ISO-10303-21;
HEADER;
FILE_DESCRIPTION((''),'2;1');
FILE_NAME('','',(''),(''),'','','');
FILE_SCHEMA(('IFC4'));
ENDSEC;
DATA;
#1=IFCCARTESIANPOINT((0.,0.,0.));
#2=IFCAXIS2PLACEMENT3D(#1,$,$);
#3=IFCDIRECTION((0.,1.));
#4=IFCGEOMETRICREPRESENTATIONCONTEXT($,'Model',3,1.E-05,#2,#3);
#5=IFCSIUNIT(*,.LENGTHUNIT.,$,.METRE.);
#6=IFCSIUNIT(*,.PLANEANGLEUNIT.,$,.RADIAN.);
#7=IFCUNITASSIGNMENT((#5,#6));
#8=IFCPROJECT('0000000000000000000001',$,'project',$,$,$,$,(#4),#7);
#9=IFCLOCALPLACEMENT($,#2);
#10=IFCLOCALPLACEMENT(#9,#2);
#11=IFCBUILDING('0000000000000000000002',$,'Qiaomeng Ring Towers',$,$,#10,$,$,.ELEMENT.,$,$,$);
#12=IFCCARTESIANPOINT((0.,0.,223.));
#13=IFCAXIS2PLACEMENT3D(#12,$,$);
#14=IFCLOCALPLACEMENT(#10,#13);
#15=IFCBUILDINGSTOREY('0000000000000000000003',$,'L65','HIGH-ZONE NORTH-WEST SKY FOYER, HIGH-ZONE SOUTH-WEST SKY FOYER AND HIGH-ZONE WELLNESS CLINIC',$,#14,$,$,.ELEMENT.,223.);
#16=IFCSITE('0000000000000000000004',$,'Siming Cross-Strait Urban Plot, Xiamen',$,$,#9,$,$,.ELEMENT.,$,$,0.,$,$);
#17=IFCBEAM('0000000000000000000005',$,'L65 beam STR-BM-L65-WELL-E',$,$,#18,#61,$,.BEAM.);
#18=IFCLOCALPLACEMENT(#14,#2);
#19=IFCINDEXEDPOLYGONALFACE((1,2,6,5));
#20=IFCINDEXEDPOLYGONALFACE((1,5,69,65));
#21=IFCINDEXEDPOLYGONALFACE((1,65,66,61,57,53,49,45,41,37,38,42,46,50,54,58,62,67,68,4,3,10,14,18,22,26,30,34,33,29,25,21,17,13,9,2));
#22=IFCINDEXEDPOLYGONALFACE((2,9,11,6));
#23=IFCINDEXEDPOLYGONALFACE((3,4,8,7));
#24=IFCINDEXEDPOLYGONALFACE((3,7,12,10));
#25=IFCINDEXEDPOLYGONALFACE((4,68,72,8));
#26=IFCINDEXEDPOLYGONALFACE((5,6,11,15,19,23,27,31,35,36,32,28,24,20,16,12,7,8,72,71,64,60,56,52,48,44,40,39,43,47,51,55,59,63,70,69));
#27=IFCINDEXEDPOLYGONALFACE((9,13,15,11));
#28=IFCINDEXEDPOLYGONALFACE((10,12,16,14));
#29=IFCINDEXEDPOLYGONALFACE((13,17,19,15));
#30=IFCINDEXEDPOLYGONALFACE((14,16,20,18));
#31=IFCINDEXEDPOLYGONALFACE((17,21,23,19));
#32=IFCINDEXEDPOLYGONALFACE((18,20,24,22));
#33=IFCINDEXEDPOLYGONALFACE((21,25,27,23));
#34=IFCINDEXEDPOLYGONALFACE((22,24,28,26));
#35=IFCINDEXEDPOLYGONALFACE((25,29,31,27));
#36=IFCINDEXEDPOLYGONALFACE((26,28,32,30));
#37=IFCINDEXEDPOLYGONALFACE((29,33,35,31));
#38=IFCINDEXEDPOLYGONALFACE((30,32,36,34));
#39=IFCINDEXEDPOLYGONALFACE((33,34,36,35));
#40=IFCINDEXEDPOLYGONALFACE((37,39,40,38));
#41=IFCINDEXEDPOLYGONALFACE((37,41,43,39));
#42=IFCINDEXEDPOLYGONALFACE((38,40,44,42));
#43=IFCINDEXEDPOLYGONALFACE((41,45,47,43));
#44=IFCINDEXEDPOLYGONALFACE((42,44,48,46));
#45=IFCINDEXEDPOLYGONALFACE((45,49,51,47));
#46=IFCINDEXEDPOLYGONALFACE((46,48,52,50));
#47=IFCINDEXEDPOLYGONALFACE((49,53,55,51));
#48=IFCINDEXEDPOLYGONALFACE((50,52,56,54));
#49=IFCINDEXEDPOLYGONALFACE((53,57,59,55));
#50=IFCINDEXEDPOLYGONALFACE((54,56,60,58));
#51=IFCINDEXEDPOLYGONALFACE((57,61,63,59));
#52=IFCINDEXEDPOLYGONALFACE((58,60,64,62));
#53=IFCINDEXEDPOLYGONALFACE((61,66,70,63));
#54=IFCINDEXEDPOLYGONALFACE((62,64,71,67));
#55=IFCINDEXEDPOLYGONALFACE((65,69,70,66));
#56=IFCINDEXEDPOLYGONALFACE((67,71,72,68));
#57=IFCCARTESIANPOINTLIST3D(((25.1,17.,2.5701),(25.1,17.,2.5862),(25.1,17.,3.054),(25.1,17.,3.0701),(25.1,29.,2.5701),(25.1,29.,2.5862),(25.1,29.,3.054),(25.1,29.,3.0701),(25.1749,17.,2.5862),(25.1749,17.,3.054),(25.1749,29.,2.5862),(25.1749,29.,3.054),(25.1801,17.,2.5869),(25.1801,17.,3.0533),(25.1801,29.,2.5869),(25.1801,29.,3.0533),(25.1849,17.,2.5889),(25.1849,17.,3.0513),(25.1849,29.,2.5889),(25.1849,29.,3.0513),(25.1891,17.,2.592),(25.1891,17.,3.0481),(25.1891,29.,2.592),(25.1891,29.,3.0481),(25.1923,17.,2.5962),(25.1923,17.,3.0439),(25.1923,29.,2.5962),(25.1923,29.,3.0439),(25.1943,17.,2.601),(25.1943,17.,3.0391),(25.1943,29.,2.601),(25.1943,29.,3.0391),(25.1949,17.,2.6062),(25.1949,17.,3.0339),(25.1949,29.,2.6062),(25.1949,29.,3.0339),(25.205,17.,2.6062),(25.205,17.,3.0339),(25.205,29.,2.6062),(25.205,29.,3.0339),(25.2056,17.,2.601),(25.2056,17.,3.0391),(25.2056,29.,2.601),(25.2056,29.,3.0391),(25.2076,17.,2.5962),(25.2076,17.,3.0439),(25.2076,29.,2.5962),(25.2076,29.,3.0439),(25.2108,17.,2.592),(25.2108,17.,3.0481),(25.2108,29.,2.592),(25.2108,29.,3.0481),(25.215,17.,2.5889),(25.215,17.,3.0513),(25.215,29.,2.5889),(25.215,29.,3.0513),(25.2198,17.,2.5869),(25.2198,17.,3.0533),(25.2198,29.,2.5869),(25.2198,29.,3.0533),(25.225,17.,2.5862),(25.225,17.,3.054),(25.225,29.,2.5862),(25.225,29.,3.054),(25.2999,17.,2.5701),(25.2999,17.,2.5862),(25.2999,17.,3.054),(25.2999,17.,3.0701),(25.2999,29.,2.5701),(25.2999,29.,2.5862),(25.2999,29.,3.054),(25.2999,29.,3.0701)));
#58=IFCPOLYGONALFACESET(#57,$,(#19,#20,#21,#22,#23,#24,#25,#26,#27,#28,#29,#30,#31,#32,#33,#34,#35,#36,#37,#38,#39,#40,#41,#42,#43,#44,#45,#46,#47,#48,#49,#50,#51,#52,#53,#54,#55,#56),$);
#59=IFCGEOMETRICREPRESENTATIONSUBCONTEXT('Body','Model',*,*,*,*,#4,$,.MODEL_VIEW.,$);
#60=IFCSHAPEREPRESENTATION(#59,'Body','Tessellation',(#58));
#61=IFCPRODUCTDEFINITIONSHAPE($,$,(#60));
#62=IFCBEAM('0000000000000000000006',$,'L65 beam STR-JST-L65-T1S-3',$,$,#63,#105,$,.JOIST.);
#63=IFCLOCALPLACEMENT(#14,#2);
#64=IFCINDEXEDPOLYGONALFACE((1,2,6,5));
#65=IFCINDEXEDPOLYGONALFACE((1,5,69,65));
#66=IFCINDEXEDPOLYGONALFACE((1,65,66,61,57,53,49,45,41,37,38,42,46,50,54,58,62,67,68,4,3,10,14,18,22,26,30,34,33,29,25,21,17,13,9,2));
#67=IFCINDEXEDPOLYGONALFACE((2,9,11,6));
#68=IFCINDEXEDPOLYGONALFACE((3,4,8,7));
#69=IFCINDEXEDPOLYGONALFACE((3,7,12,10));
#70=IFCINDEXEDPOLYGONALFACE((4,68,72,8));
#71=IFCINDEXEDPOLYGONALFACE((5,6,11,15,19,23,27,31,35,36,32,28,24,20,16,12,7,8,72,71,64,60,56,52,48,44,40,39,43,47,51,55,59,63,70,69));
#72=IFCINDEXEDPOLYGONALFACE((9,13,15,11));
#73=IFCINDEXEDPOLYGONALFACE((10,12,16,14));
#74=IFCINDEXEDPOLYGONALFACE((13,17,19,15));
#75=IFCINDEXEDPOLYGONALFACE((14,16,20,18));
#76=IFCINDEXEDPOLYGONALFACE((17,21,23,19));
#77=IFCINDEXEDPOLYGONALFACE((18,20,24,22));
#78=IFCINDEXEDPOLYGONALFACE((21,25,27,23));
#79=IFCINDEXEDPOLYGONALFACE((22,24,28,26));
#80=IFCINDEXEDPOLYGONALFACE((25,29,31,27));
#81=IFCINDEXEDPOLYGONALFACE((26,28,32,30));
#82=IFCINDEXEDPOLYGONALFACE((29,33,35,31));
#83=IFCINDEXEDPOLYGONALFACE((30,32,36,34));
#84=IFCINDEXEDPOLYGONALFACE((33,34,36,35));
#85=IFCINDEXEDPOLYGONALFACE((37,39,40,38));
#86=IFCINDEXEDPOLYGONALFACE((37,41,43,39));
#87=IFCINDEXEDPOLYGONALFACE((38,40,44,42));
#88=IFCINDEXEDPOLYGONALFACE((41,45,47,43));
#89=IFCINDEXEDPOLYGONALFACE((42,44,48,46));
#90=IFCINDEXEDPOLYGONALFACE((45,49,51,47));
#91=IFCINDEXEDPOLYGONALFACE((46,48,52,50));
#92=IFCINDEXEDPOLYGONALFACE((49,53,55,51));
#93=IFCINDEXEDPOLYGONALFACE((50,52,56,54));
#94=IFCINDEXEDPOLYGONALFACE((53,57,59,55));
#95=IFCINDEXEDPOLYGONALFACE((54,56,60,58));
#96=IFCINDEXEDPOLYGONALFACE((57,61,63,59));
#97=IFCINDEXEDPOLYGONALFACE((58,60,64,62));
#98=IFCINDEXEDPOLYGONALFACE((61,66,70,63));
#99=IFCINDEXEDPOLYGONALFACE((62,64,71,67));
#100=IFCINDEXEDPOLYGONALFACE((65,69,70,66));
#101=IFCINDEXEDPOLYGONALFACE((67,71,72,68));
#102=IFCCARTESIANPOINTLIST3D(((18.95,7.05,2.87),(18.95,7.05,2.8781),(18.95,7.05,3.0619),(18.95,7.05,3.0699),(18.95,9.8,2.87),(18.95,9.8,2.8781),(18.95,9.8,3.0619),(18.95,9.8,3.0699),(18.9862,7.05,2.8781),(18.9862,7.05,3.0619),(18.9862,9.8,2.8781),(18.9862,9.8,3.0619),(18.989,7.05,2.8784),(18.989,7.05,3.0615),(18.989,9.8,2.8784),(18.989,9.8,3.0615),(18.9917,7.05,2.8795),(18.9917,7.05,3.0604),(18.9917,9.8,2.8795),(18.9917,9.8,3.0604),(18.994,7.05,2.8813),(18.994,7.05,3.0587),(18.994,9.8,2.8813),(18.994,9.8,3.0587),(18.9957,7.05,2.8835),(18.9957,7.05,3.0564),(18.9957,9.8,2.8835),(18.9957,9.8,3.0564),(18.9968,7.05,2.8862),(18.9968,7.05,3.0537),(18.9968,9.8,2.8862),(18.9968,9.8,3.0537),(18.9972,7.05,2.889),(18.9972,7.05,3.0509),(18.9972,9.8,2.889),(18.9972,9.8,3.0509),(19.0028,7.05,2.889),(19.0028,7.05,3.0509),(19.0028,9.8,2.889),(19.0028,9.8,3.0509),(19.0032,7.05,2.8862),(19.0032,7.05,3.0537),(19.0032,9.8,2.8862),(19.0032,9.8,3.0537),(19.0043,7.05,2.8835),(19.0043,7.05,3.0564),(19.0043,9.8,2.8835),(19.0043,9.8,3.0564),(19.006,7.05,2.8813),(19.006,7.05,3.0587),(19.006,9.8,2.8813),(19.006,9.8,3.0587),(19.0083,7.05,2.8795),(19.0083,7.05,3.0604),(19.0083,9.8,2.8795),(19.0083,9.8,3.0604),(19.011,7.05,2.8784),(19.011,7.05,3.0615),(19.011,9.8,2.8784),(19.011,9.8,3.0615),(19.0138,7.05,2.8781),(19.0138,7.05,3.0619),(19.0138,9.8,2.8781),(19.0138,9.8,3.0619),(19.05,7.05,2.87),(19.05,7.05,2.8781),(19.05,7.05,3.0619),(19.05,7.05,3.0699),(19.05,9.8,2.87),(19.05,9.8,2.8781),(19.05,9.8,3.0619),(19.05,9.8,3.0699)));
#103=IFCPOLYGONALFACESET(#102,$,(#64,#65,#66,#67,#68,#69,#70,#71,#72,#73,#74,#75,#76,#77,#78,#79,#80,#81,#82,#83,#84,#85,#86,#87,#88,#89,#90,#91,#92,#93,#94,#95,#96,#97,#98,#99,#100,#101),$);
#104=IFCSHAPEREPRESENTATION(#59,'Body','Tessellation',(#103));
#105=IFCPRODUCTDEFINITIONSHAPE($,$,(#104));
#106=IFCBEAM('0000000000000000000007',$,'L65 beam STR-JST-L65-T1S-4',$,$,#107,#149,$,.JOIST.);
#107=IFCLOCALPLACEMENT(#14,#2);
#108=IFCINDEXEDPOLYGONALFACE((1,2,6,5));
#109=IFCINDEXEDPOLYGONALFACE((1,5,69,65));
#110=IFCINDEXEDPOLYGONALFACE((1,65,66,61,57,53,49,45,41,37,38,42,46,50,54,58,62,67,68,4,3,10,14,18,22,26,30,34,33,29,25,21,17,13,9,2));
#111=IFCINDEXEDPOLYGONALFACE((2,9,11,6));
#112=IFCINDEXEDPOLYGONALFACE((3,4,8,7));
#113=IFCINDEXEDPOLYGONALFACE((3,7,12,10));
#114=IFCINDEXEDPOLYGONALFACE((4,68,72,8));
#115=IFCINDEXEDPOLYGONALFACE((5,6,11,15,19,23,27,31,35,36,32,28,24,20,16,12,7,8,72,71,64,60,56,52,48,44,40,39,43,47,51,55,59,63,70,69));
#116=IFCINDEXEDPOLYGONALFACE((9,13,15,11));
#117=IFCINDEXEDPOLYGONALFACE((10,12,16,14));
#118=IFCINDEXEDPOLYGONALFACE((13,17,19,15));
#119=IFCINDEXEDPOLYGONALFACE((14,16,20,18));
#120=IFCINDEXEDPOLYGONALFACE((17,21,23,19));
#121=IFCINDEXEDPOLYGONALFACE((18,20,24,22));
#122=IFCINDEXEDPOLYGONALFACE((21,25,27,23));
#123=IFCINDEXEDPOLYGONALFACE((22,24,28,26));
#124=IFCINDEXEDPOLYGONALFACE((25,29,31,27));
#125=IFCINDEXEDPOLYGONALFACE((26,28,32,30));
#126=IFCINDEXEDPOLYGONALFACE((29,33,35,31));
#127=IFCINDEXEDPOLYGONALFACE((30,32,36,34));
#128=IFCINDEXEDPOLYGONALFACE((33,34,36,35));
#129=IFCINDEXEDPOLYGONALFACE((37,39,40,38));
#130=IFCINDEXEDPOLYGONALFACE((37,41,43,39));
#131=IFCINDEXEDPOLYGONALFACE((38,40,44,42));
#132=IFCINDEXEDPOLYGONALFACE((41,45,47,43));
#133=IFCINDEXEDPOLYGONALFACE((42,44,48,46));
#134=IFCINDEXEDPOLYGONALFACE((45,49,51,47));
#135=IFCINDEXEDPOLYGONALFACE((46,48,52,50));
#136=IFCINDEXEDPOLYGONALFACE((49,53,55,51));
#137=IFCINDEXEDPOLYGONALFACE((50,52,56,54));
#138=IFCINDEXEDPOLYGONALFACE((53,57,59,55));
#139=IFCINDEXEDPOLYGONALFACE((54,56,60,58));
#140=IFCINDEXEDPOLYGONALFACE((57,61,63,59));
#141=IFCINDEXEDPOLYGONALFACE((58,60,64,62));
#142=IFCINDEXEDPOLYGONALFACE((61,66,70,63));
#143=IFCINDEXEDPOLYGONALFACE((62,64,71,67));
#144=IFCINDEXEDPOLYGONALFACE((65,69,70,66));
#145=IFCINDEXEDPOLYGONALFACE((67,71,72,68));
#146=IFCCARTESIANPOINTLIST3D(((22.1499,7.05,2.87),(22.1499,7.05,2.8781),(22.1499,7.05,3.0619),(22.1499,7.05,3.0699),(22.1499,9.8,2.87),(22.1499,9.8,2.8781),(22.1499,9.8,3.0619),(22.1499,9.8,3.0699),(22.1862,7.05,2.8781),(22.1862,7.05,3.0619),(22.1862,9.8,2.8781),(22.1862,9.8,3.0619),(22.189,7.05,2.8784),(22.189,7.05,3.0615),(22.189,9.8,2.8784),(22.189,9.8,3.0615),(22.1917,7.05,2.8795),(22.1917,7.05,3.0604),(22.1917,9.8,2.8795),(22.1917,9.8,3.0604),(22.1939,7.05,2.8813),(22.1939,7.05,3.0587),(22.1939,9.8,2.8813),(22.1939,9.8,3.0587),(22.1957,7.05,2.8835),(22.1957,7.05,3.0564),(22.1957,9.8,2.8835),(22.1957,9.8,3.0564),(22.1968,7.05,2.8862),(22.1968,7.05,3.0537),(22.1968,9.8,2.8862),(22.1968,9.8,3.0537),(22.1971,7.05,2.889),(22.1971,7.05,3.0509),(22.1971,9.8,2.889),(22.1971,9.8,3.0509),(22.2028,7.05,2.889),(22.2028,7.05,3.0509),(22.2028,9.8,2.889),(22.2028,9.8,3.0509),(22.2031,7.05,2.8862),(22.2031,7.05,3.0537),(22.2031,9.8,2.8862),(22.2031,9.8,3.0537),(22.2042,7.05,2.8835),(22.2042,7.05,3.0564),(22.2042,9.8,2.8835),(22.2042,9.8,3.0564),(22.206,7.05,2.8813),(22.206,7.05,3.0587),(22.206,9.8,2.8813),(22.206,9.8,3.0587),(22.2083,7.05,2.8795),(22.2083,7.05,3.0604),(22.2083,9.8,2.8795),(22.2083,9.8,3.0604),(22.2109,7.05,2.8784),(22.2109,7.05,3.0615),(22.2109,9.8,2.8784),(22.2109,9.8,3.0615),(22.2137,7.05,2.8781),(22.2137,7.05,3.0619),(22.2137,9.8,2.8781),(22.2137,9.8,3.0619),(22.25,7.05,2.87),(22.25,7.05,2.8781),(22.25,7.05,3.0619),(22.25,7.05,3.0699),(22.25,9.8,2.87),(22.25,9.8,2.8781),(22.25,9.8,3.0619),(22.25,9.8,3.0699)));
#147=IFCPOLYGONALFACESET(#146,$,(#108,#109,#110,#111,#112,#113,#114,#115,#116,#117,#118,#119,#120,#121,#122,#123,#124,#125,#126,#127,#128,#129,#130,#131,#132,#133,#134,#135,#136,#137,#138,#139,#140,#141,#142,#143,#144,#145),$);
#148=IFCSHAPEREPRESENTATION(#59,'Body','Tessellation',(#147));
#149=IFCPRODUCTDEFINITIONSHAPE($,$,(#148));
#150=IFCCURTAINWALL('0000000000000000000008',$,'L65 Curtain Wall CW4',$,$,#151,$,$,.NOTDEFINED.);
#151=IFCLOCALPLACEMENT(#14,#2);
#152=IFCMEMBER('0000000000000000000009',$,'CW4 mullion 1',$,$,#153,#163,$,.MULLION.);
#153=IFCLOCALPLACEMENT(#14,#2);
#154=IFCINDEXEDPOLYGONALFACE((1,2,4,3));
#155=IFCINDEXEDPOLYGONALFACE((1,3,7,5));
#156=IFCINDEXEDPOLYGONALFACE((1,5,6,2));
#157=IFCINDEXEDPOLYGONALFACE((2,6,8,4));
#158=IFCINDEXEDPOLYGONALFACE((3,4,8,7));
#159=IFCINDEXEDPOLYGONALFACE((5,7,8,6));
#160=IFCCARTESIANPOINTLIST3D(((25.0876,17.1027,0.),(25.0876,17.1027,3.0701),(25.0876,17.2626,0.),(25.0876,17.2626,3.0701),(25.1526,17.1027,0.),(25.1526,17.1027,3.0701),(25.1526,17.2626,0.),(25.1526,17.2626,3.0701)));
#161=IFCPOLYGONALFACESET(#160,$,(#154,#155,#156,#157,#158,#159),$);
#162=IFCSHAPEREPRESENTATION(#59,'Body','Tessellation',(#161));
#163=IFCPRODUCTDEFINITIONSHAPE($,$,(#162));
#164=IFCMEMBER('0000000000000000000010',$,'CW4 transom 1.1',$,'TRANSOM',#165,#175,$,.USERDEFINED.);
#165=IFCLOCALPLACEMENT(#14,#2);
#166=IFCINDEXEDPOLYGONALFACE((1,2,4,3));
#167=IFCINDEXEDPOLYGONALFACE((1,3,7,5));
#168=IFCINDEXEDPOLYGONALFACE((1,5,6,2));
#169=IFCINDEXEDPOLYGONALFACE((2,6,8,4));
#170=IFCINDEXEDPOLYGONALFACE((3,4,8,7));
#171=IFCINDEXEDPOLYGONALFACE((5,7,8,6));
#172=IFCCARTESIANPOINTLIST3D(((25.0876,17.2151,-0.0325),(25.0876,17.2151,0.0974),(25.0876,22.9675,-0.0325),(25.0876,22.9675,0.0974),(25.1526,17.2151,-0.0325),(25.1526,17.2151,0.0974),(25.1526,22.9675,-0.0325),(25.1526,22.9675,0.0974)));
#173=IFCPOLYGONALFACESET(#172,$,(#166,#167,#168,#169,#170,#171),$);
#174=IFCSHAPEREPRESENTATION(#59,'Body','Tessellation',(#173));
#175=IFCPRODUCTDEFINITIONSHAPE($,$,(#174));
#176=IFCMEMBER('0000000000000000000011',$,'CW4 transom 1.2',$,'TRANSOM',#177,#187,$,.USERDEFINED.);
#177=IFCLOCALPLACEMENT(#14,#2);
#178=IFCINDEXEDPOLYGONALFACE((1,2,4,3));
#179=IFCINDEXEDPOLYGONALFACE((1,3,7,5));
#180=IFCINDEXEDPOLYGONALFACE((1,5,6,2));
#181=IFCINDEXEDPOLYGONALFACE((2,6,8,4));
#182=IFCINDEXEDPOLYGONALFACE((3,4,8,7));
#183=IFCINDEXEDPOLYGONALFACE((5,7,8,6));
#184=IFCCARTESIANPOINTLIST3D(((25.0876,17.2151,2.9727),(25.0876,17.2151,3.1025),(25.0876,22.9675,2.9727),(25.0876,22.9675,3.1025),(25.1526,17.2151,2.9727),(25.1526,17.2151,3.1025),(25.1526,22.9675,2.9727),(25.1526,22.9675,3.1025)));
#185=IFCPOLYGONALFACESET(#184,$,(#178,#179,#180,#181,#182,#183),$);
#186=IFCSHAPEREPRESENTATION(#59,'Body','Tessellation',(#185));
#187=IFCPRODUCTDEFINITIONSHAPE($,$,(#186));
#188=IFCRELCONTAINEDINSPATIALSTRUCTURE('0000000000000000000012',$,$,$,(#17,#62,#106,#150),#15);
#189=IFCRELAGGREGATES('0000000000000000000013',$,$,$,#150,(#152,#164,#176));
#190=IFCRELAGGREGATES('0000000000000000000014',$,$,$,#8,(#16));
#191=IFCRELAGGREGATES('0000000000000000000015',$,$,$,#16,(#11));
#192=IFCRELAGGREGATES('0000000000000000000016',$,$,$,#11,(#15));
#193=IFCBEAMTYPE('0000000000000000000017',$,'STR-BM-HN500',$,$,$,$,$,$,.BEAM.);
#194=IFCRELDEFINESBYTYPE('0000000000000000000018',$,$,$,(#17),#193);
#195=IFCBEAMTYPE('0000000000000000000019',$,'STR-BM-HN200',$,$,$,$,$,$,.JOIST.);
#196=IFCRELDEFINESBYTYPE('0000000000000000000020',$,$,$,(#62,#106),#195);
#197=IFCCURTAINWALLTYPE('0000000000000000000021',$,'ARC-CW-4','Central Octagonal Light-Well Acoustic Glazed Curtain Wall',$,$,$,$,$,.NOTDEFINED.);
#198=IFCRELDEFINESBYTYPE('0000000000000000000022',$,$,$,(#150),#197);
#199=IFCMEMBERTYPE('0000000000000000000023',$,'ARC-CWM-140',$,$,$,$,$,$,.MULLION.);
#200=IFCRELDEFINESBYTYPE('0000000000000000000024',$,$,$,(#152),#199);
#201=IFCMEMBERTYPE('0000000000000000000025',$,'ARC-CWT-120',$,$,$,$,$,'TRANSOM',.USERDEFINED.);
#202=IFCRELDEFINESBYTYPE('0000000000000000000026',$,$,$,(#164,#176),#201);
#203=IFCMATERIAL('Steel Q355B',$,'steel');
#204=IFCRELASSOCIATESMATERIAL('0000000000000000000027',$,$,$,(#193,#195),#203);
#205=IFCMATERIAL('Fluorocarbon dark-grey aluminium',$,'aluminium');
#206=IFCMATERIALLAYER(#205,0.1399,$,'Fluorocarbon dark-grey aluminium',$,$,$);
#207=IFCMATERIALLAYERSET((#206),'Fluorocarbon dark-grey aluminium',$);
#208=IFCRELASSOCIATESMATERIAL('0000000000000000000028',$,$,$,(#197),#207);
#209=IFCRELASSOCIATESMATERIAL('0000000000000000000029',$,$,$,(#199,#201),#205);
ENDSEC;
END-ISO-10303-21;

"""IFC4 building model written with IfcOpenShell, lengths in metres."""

from ifc_helpers import new_model, si_unit, direction, frame, origin, origin_2d, place, context, subcontext, project, spatial, rectangle, i_section, extrude, source, transform, mapped, material, layer, layer_set, material_profile, profile_set, type_object, element, aggregate, save


model = new_model("IFC4")

# Units and contexts
model_context = context("Model", 3, precision=1e-05, world=origin(), true_north=direction((0.0, 1.0)))
body_context = subcontext(model_context, "Body", "Model", "MODEL_VIEW")
ifc_project = project(units=[si_unit("LENGTHUNIT", "METRE"), si_unit("PLANEANGLEUNIT", "RADIAN")], contexts=[model_context])

# Site, building, storey
site_placement = place(None, origin())
site = spatial("IfcSite", under=ifc_project, at=site_placement, Name="Siming Cross-Strait Urban Plot, Xiamen", CompositionType="ELEMENT", RefElevation=0.0)
building_placement = place(site_placement, origin())
building = spatial("IfcBuilding", under=site, at=building_placement, Name="Qiaomeng Ring Towers", CompositionType="ELEMENT")
storey_placement = place(building_placement, frame((0.0, 0.0, 223.0)))
storey = spatial("IfcBuildingStorey", under=building, at=storey_placement, Name="L65", Description="HIGH-ZONE NORTH-WEST SKY FOYER, HIGH-ZONE SOUTH-WEST SKY FOYER AND HIGH-ZONE WELLNESS CLINIC", CompositionType="ELEMENT", Elevation=223.0)

# Beams
ifc_material_1 = material(Name="Steel Q355B", Category="steel")
ifc_material_profile_1 = material_profile(ifc_material_1, i_section(OverallWidth=0.2, OverallDepth=0.5, WebThickness=0.01, FlangeThickness=0.0161, FilletRadius=0.02, at=origin_2d()), Name="HN 500x200x10x16")
ifc_profile_set_1 = profile_set([ifc_material_profile_1], Name="Steel Q355B")
beam_type_1 = type_object("IfcBeamType", Name="STR-BM-HN500", PredefinedType="BEAM", material=ifc_profile_set_1)
shared_shape_1 = source(origin(), body_context, "Body", "SweptSolid", [
    extrude(i_section(OverallWidth=0.2, OverallDepth=0.5, WebThickness=0.01, FlangeThickness=0.0161, FilletRadius=0.02, at=origin_2d()), origin(), (0.0, 0.0, 1.0), 12.0),
])
beam_placement = place(storey_placement, frame((25.2, 17.0, 2.8201), z_axis=(0.0, 1.0, 0.0), x_axis=(-1.0, 0.0, 0.0)))
element("IfcBeam", 1, at=beam_placement, inside=storey, type_object=beam_type_1, Name="L65 beam STR-BM-L65-WELL-E", PredefinedType="BEAM", context=body_context, shape_type="MappedRepresentation", body=[
    mapped(shared_shape_1, transform((0.0, 0.0, 0.0), x_axis=(1.0, 0.0, 0.0), y_axis=(0.0, 1.0, 0.0), z_axis=(0.0, 0.0, 1.0), scale=1.0)),
])
ifc_material_profile_2 = material_profile(ifc_material_1, i_section(OverallWidth=0.1001, OverallDepth=0.2, WebThickness=0.0056, FlangeThickness=0.0081, FilletRadius=0.011, at=origin_2d()), Name="HN 200x100x5.5x8")
ifc_profile_set_2 = profile_set([ifc_material_profile_2], Name="Steel Q355B")
beam_type_2 = type_object("IfcBeamType", Name="STR-BM-HN200", PredefinedType="JOIST", material=ifc_profile_set_2)
shared_shape_2 = source(origin(), body_context, "Body", "SweptSolid", [
    extrude(i_section(OverallWidth=0.1001, OverallDepth=0.2, WebThickness=0.0056, FlangeThickness=0.0081, FilletRadius=0.011, at=origin_2d()), origin(), (0.0, 0.0, 1.0), 2.75),
])
for number, where, z_axis, x_axis, name in (
    (2, (19.0, 7.05, 2.97), (0.0, 1.0, 0.0), (-1.0, 0.0, 0.0), "L65 beam STR-JST-L65-T1S-3"),
    (3, (22.2, 7.05, 2.97), (0.0, 1.0, 0.0), (-1.0, 0.0, 0.0), "L65 beam STR-JST-L65-T1S-4"),
):
    element("IfcBeam", number, at=place(storey_placement, frame(where, z_axis=z_axis, x_axis=x_axis)), inside=storey, type_object=beam_type_2, Name=name, PredefinedType="JOIST", context=body_context, shape_type="MappedRepresentation", body=[
        mapped(shared_shape_2, transform((0.0, 0.0, 0.0), x_axis=(1.0, 0.0, 0.0), y_axis=(0.0, 1.0, 0.0), z_axis=(0.0, 0.0, 1.0), scale=1.0)),
    ])

# Curtain wall, members
ifc_material_2 = material(Name="Fluorocarbon dark-grey aluminium", Category="aluminium")
ifc_layer_1 = layer(ifc_material_2, 0.1399, Name="Fluorocarbon dark-grey aluminium")
ifc_layer_set_1 = layer_set([ifc_layer_1], Name="Fluorocarbon dark-grey aluminium")
curtain_wall_type = type_object("IfcCurtainWallType", Name="ARC-CW-4", Description="Central Octagonal Light-Well Acoustic Glazed Curtain Wall", PredefinedType="NOTDEFINED", material=ifc_layer_set_1)
curtain_wall_placement = place(storey_placement, origin())
curtain_wall = element("IfcCurtainWall", 4, at=curtain_wall_placement, inside=storey, type_object=curtain_wall_type, Name="L65 Curtain Wall CW4", PredefinedType="NOTDEFINED")
ifc_material_profile_3 = material_profile(ifc_material_2, rectangle(XDim=0.0649, YDim=0.1599, at=origin_2d()), Name="ALU MULL 65x160")
ifc_profile_set_3 = profile_set([ifc_material_profile_3], Name="Fluorocarbon dark-grey aluminium")
member_type_1 = type_object("IfcMemberType", Name="ARC-CWM-140", PredefinedType="MULLION", material=ifc_profile_set_3)
shared_shape_3 = source(origin(), body_context, "Body", "SweptSolid", [
    extrude(rectangle(XDim=0.0649, YDim=0.1599, at=origin_2d()), origin(), (0.0, 0.0, 1.0), 3.0701),
])
member_1_placement = place(storey_placement, frame((25.1201, 17.1826, 0.0), z_axis=(0.0, 0.0, 1.0), x_axis=(-1.0, 0.0, 0.0)))
member_1 = element("IfcMember", 5, at=member_1_placement, type_object=member_type_1, Name="CW4 mullion 1", PredefinedType="MULLION", context=body_context, shape_type="MappedRepresentation", body=[
    mapped(shared_shape_3, transform((0.0, 0.0, 0.0), x_axis=(1.0, 0.0, 0.0), y_axis=(0.0, 1.0, 0.0), z_axis=(0.0, 0.0, 1.0), scale=1.0)),
])
ifc_material_profile_4 = material_profile(ifc_material_2, rectangle(XDim=0.0649, YDim=0.1299, at=origin_2d()), Name="ALU TRAN 65x130")
ifc_profile_set_4 = profile_set([ifc_material_profile_4], Name="Fluorocarbon dark-grey aluminium")
member_type_2 = type_object("IfcMemberType", Name="ARC-CWT-120", ElementType="TRANSOM", PredefinedType="USERDEFINED", material=ifc_profile_set_4)
shared_shape_4 = source(origin(), body_context, "Body", "SweptSolid", [
    extrude(rectangle(XDim=0.0649, YDim=0.1299, at=origin_2d()), origin(), (0.0, 0.0, 1.0), 5.7524),
])
member_2_placement = place(storey_placement, frame((25.1201, 17.2151, 0.0325), z_axis=(0.0, 1.0, 0.0), x_axis=(-1.0, 0.0, 0.0)))
member_2 = element("IfcMember", 6, at=member_2_placement, type_object=member_type_2, Name="CW4 transom 1.1", ObjectType="TRANSOM", PredefinedType="USERDEFINED", context=body_context, shape_type="MappedRepresentation", body=[
    mapped(shared_shape_4, transform((0.0, 0.0, 0.0), x_axis=(1.0, 0.0, 0.0), y_axis=(0.0, 1.0, 0.0), z_axis=(0.0, 0.0, 1.0), scale=1.0)),
])
member_3_placement = place(storey_placement, frame((25.1201, 17.2151, 3.0376), z_axis=(0.0, 1.0, 0.0), x_axis=(-1.0, 0.0, 0.0)))
member_3 = element("IfcMember", 7, at=member_3_placement, type_object=member_type_2, Name="CW4 transom 1.2", ObjectType="TRANSOM", PredefinedType="USERDEFINED", context=body_context, shape_type="MappedRepresentation", body=[
    mapped(shared_shape_4, transform((0.0, 0.0, 0.0), x_axis=(1.0, 0.0, 0.0), y_axis=(0.0, 1.0, 0.0), z_axis=(0.0, 0.0, 1.0), scale=1.0)),
])
aggregate(curtain_wall, [member_1, member_2, member_3])

save(model, "model.ifc")
